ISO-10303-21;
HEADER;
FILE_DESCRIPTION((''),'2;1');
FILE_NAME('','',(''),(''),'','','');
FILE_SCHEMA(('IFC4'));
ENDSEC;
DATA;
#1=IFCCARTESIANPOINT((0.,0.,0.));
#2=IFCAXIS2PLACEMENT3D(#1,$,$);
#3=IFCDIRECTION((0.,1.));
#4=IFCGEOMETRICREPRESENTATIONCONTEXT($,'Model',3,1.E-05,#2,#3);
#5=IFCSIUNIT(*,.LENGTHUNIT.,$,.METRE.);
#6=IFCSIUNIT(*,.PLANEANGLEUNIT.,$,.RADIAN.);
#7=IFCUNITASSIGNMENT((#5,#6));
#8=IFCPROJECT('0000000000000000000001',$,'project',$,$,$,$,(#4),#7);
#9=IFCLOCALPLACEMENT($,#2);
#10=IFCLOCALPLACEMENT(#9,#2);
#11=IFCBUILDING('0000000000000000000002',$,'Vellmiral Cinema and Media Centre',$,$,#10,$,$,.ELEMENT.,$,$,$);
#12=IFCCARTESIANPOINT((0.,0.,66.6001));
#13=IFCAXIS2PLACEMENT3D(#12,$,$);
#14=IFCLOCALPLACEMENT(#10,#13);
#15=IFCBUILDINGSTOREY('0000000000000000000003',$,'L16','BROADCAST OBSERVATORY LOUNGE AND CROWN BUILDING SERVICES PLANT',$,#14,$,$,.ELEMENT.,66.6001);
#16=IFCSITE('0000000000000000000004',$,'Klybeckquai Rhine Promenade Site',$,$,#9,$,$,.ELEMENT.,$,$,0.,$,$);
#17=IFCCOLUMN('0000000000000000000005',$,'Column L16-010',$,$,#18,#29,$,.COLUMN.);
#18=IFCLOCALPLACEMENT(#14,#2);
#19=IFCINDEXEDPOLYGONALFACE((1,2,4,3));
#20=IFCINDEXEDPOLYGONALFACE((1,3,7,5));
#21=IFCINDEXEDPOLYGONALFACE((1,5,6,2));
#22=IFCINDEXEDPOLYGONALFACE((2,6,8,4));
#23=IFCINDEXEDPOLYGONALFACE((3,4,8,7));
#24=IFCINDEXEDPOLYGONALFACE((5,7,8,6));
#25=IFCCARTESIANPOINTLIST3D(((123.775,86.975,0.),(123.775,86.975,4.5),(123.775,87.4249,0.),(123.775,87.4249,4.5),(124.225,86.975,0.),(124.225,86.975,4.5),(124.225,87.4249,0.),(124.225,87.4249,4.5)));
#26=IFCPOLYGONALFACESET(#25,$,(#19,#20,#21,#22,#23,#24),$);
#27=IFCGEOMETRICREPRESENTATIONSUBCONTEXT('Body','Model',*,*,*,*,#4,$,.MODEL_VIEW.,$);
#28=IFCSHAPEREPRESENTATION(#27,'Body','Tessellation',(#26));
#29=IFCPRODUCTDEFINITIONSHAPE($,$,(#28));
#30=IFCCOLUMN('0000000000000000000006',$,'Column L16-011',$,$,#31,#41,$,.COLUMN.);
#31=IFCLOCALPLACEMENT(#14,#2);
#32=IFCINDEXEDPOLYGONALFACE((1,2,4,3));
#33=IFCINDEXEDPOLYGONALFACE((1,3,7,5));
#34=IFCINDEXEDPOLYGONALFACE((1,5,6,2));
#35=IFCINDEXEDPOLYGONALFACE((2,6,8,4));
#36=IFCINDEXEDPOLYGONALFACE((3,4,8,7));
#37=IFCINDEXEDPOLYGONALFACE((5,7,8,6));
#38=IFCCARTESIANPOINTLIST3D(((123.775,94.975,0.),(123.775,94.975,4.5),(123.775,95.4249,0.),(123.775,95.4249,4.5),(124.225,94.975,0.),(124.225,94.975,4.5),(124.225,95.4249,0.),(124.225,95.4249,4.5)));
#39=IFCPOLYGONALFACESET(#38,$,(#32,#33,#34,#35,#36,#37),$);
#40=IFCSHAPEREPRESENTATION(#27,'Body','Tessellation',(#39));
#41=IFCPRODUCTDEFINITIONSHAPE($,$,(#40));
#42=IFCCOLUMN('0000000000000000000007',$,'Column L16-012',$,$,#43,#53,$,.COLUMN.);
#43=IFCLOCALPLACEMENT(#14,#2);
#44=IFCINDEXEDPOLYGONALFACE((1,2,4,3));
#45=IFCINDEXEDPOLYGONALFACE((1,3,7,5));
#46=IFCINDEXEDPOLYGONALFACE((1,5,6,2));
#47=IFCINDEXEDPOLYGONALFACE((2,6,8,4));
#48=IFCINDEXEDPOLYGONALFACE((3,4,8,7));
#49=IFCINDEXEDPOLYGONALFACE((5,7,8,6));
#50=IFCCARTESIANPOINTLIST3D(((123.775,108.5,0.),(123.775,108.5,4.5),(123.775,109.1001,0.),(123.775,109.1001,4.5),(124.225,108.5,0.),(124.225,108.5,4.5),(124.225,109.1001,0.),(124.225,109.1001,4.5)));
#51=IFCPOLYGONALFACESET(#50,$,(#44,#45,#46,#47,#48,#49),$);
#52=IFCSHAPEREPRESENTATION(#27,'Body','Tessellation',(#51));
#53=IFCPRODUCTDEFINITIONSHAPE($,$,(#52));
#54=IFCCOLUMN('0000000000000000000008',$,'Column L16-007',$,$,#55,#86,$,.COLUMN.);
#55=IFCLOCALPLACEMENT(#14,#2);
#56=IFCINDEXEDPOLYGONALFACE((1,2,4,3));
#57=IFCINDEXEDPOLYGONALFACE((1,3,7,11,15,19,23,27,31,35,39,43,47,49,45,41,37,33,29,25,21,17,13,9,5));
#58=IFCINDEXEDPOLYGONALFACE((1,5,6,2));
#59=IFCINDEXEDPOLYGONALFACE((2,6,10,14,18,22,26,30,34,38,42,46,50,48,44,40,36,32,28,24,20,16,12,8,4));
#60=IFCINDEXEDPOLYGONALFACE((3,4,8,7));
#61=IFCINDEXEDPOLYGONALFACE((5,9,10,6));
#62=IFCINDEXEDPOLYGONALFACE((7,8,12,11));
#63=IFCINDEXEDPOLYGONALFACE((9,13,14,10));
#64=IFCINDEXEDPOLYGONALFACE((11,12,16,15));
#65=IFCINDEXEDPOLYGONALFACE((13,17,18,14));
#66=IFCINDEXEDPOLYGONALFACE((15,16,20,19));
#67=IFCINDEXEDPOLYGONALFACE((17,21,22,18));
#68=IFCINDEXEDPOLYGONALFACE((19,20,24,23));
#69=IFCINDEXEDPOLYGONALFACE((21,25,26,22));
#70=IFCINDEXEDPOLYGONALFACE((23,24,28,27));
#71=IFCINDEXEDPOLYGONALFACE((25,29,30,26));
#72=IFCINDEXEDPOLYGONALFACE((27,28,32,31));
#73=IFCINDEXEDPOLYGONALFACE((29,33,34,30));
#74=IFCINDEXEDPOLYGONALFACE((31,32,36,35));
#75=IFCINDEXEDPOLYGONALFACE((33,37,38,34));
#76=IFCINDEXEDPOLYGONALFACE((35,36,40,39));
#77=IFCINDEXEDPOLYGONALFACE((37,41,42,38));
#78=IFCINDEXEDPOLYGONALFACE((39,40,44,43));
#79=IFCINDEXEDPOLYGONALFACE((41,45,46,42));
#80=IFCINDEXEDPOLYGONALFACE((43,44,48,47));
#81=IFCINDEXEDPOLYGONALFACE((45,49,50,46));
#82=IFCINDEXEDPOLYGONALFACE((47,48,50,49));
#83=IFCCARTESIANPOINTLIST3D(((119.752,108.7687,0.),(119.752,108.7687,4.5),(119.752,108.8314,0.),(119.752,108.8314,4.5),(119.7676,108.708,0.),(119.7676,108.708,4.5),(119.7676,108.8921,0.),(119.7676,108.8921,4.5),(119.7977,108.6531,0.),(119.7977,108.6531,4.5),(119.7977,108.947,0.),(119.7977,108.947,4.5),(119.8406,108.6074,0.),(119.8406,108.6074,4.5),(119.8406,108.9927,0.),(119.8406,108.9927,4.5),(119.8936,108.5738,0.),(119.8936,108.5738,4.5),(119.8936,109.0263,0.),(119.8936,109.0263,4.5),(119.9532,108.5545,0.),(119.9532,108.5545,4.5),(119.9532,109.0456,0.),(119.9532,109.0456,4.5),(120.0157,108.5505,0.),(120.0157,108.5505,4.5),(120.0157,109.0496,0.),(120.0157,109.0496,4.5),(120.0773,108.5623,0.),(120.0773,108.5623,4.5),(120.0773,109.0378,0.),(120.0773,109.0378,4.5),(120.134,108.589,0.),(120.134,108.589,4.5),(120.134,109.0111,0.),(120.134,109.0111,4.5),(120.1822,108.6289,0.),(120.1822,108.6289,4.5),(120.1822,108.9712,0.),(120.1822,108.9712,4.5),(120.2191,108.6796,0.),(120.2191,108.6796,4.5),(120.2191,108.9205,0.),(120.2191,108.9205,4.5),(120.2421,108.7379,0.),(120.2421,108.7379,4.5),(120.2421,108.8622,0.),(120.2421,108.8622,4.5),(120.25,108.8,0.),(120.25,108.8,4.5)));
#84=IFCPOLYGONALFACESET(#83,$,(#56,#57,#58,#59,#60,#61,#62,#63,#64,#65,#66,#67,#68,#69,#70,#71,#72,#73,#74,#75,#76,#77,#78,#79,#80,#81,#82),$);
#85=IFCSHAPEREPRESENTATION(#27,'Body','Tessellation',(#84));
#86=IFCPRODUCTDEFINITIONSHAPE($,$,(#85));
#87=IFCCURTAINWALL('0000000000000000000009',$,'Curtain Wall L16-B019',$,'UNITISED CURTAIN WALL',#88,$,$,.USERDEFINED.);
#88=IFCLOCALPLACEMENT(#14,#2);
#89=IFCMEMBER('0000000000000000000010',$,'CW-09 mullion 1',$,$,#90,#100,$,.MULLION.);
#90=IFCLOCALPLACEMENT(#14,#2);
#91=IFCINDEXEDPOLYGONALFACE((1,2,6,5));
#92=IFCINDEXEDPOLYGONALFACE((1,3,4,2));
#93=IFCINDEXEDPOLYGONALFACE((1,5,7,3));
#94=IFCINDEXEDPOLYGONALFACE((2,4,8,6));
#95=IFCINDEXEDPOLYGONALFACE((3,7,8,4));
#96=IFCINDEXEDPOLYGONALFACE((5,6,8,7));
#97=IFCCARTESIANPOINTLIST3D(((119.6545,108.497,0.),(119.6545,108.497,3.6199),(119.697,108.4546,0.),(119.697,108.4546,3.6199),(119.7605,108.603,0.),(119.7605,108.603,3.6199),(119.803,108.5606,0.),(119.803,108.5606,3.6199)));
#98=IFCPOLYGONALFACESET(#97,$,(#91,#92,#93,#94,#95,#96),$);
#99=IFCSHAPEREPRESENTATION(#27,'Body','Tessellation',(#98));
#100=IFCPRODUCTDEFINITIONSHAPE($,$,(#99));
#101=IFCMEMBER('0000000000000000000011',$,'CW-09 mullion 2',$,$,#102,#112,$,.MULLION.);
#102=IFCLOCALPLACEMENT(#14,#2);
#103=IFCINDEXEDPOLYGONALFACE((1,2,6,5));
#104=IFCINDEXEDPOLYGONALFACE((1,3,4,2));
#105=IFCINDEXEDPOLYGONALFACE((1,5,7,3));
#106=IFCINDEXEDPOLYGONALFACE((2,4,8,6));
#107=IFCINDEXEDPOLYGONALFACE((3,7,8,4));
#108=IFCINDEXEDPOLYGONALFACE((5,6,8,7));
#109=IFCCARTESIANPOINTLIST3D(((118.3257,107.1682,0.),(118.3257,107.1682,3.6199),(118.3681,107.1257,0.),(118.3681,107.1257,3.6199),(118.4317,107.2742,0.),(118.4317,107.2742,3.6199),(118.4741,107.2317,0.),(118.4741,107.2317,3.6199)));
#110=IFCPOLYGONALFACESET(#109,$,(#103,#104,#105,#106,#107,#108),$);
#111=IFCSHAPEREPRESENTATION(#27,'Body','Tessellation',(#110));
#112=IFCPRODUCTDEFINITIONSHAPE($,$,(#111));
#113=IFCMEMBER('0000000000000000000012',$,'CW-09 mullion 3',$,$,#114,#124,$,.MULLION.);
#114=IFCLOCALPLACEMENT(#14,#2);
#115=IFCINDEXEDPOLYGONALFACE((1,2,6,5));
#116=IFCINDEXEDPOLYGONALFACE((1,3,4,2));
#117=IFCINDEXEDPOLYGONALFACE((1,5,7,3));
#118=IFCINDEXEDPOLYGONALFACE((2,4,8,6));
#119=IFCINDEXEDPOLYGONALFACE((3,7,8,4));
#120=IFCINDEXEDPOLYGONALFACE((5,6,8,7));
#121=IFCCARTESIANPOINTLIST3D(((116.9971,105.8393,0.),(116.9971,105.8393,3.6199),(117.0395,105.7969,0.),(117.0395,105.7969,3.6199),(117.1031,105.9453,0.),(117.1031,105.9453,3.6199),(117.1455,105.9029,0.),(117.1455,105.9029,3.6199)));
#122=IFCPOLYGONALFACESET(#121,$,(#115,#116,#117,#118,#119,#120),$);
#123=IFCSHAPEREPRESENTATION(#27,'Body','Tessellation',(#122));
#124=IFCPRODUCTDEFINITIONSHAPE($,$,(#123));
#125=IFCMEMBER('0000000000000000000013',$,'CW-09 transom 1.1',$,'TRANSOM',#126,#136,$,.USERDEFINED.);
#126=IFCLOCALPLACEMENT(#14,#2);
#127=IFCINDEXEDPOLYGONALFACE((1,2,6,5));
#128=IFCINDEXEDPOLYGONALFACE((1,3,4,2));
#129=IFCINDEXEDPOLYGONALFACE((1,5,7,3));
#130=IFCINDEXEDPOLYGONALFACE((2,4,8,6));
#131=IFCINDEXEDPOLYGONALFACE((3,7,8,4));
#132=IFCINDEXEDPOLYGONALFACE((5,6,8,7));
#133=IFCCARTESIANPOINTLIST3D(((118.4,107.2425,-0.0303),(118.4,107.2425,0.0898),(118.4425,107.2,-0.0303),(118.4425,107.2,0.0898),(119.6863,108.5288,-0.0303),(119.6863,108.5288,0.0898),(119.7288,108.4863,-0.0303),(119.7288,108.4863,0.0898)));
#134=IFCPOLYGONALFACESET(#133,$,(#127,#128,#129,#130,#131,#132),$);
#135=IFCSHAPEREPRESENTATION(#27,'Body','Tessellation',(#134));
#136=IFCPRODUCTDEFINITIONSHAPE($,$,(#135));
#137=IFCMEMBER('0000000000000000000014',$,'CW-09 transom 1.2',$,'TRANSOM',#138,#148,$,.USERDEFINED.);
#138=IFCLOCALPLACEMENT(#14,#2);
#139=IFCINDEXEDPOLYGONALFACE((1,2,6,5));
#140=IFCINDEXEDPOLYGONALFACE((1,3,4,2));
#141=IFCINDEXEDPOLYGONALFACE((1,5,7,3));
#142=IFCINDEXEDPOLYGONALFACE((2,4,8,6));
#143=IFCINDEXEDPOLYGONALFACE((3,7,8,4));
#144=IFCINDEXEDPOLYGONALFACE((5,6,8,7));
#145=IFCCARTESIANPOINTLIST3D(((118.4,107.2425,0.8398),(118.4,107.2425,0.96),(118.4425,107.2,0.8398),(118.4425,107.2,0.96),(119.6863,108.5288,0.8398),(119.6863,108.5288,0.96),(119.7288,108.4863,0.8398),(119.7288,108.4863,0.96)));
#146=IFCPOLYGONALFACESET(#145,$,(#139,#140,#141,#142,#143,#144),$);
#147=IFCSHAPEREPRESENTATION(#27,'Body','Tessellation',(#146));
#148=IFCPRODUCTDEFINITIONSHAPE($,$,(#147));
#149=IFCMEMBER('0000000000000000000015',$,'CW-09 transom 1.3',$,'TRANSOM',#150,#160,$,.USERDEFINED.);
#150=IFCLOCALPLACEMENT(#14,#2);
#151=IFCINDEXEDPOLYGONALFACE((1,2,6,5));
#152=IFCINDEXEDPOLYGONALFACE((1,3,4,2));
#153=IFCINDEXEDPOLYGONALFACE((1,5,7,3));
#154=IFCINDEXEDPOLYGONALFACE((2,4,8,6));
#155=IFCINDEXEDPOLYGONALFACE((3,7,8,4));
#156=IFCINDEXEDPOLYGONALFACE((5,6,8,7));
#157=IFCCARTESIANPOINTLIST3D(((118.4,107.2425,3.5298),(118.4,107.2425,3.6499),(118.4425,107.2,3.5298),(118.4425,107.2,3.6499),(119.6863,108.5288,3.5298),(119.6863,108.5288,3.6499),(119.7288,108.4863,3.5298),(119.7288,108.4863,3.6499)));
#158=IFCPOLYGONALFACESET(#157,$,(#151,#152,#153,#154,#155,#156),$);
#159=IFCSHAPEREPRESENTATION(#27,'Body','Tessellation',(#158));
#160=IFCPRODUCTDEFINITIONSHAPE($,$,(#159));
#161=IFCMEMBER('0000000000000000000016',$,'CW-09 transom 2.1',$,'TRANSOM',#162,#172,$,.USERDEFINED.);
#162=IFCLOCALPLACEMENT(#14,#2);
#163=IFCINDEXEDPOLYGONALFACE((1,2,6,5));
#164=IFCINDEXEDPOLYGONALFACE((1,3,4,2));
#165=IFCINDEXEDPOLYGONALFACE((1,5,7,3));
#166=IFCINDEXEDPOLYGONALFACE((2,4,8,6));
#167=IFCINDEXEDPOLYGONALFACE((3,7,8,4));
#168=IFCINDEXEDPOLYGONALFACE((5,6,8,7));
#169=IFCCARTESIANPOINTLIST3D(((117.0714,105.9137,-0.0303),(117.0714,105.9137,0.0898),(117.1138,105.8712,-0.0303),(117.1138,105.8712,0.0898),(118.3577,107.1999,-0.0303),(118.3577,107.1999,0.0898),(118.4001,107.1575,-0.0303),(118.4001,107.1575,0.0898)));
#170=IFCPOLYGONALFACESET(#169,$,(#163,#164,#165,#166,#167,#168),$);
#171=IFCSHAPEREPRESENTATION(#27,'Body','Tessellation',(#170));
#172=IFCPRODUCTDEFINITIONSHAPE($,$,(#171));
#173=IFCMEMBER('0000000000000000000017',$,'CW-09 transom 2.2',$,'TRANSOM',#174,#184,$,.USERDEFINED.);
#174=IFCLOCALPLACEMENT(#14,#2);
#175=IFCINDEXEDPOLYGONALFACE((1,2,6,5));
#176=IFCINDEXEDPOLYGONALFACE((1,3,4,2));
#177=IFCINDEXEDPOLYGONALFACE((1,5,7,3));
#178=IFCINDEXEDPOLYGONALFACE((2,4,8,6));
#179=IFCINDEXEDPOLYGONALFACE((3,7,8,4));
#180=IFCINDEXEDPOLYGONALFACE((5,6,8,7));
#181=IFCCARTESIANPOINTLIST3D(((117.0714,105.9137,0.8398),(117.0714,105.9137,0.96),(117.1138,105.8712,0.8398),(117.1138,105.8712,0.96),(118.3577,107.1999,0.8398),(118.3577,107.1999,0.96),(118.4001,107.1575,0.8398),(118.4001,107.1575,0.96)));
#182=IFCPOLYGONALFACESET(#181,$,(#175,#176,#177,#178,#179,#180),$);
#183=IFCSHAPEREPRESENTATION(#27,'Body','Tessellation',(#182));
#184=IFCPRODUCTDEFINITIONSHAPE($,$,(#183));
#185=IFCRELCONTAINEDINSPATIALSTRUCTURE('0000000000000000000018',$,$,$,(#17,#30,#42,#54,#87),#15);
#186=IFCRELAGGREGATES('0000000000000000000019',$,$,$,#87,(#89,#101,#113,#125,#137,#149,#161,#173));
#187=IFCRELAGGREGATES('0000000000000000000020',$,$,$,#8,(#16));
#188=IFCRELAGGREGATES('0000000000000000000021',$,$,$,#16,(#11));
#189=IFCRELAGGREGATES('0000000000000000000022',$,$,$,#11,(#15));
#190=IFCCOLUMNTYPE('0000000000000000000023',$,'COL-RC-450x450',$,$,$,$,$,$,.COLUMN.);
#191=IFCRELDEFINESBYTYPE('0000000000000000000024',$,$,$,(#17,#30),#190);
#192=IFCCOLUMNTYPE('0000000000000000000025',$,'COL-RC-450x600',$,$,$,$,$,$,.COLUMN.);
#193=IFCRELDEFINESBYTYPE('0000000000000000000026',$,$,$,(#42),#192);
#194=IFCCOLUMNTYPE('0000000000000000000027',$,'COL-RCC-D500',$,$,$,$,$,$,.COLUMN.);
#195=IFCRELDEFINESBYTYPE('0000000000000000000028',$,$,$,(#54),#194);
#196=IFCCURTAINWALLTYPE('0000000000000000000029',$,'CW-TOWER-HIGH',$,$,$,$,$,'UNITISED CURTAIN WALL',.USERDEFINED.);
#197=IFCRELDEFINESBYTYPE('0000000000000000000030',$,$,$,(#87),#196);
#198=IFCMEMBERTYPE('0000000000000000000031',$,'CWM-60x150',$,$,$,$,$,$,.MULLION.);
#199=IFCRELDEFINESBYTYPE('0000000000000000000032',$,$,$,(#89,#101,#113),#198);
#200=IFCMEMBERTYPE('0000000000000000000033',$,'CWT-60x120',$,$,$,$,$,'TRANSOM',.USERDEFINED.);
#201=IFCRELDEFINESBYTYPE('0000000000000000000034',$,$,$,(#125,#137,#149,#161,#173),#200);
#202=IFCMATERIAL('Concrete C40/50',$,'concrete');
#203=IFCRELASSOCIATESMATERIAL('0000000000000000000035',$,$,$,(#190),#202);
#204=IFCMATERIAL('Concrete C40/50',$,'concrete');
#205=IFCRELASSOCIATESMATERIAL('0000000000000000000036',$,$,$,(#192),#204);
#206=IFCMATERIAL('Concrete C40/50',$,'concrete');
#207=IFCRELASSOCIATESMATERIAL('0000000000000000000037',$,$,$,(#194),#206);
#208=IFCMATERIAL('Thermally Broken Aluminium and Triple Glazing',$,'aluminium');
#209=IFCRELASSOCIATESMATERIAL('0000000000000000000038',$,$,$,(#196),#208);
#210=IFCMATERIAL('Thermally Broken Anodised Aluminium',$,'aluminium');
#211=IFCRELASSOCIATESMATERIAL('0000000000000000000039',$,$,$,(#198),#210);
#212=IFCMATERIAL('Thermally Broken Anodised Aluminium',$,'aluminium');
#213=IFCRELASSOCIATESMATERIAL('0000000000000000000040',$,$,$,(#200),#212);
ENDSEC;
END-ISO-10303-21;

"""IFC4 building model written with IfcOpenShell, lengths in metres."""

from ifc_helpers import new_model, si_unit, direction, frame, origin, origin_2d, place, context, subcontext, project, spatial, rectangle, circle, extrude, material, material_profile, profile_set, type_object, element, aggregate, save


model = new_model("IFC4")

# Units and contexts
model_context = context("Model", 3, precision=1e-05, world=origin(), true_north=direction((0.0, 1.0)))
body_context = subcontext(model_context, "Body", "Model", "MODEL_VIEW")
ifc_project = project(units=[si_unit("LENGTHUNIT", "METRE"), si_unit("PLANEANGLEUNIT", "RADIAN")], contexts=[model_context])

# Site, building, storey
site_placement = place(None, origin())
site = spatial("IfcSite", under=ifc_project, at=site_placement, Name="Klybeckquai Rhine Promenade Site", CompositionType="ELEMENT", RefElevation=0.0)
building_placement = place(site_placement, origin())
building = spatial("IfcBuilding", under=site, at=building_placement, Name="Vellmiral Cinema and Media Centre", CompositionType="ELEMENT")
storey_placement = place(building_placement, frame((0.0, 0.0, 66.6001)))
storey = spatial("IfcBuildingStorey", under=building, at=storey_placement, Name="L16", Description="BROADCAST OBSERVATORY LOUNGE AND CROWN BUILDING SERVICES PLANT", CompositionType="ELEMENT", Elevation=66.6001)

# Columns
ifc_material_1 = material(Name="Concrete C40/50", Category="concrete")
ifc_material_profile_1 = material_profile(ifc_material_1, rectangle(XDim=0.45, YDim=0.45, at=origin_2d()), Name="RC 450x450")
ifc_profile_set_1 = profile_set([ifc_material_profile_1], Name="Concrete C40/50")
column_type_1 = type_object("IfcColumnType", Name="COL-RC-450x450", PredefinedType="COLUMN", material=ifc_profile_set_1)
for number, where, z_axis, x_axis, name in (
    (1, (124.0, 87.2, 0.0), (0.0, 0.0, 1.0), (1.0, 0.0, 0.0), "Column L16-010"),
    (2, (124.0, 95.2, 0.0), (0.0, 0.0, 1.0), (1.0, 0.0, 0.0), "Column L16-011"),
):
    element("IfcColumn", number, at=place(storey_placement, frame(where, z_axis=z_axis, x_axis=x_axis)), inside=storey, type_object=column_type_1, Name=name, PredefinedType="COLUMN", context=body_context, shape_type="SweptSolid", body=[
        extrude(rectangle(XDim=0.45, YDim=0.45, at=origin_2d()), origin(), (0.0, 0.0, 1.0), 4.5),
    ])
ifc_material_2 = material(Name="Concrete C40/50", Category="concrete")
ifc_material_profile_2 = material_profile(ifc_material_2, rectangle(XDim=0.45, YDim=0.6001, at=origin_2d()), Name="RC 450x600")
ifc_profile_set_2 = profile_set([ifc_material_profile_2], Name="Concrete C40/50")
column_type_2 = type_object("IfcColumnType", Name="COL-RC-450x600", PredefinedType="COLUMN", material=ifc_profile_set_2)
column_1_placement = place(storey_placement, frame((124.0, 108.8, 0.0), z_axis=(0.0, 0.0, 1.0), x_axis=(1.0, 0.0, 0.0)))
element("IfcColumn", 3, at=column_1_placement, inside=storey, type_object=column_type_2, Name="Column L16-012", PredefinedType="COLUMN", context=body_context, shape_type="SweptSolid", body=[
    extrude(rectangle(XDim=0.45, YDim=0.6001, at=origin_2d()), origin(), (0.0, 0.0, 1.0), 4.5),
])
ifc_material_3 = material(Name="Concrete C40/50", Category="concrete")
ifc_material_profile_3 = material_profile(ifc_material_3, circle(Radius=0.25, at=origin_2d()), Name="RC D500")
ifc_profile_set_3 = profile_set([ifc_material_profile_3], Name="Concrete C40/50")
column_type_3 = type_object("IfcColumnType", Name="COL-RCC-D500", PredefinedType="COLUMN", material=ifc_profile_set_3)
column_2_placement = place(storey_placement, frame((120.0, 108.8, 0.0), z_axis=(0.0, 0.0, 1.0), x_axis=(1.0, 0.0, 0.0)))
element("IfcColumn", 4, at=column_2_placement, inside=storey, type_object=column_type_3, Name="Column L16-007", PredefinedType="COLUMN", context=body_context, shape_type="SweptSolid", body=[
    extrude(circle(Radius=0.25, at=origin_2d()), origin(), (0.0, 0.0, 1.0), 4.5),
])

# Curtain wall, members
ifc_material_4 = material(Name="Thermally Broken Aluminium and Triple Glazing", Category="aluminium")
curtain_wall_type = type_object("IfcCurtainWallType", Name="CW-TOWER-HIGH", ElementType="UNITISED CURTAIN WALL", PredefinedType="USERDEFINED", material=ifc_material_4)
curtain_wall_placement = place(storey_placement, origin())
curtain_wall = element("IfcCurtainWall", 5, at=curtain_wall_placement, inside=storey, type_object=curtain_wall_type, Name="Curtain Wall L16-B019", ObjectType="UNITISED CURTAIN WALL", PredefinedType="USERDEFINED")
ifc_material_5 = material(Name="Thermally Broken Anodised Aluminium", Category="aluminium")
ifc_material_profile_4 = material_profile(ifc_material_5, rectangle(XDim=0.0601, YDim=0.1499, at=origin_2d()), Name="MULL 60x150")
ifc_profile_set_4 = profile_set([ifc_material_profile_4], Name="Thermally Broken Anodised Aluminium")
member_type_1 = type_object("IfcMemberType", Name="CWM-60x150", PredefinedType="MULLION", material=ifc_profile_set_4)
member_1_placement = place(storey_placement, frame((119.7288, 108.5288, 0.0), z_axis=(0.0, 0.0, 1.0), x_axis=(0.707107, -0.707107, 0.0)))
member_1 = element("IfcMember", 6, at=member_1_placement, type_object=member_type_1, Name="CW-09 mullion 1", PredefinedType="MULLION", context=body_context, shape_type="SweptSolid", body=[
    extrude(rectangle(XDim=0.0601, YDim=0.1499, at=origin_2d()), origin(), (0.0, 0.0, 1.0), 3.6199),
])
member_2_placement = place(storey_placement, frame((118.3999, 107.2, 0.0), z_axis=(0.0, 0.0, 1.0), x_axis=(0.707107, -0.707107, 0.0)))
member_2 = element("IfcMember", 7, at=member_2_placement, type_object=member_type_1, Name="CW-09 mullion 2", PredefinedType="MULLION", context=body_context, shape_type="SweptSolid", body=[
    extrude(rectangle(XDim=0.0601, YDim=0.1499, at=origin_2d()), origin(), (0.0, 0.0, 1.0), 3.6199),
])
member_3_placement = place(storey_placement, frame((117.0713, 105.8711, 0.0), z_axis=(0.0, 0.0, 1.0), x_axis=(0.707107, -0.707107, 0.0)))
member_3 = element("IfcMember", 8, at=member_3_placement, type_object=member_type_1, Name="CW-09 mullion 3", PredefinedType="MULLION", context=body_context, shape_type="SweptSolid", body=[
    extrude(rectangle(XDim=0.0601, YDim=0.1499, at=origin_2d()), origin(), (0.0, 0.0, 1.0), 3.6199),
])
ifc_material_6 = material(Name="Thermally Broken Anodised Aluminium", Category="aluminium")
ifc_material_profile_5 = material_profile(ifc_material_6, rectangle(XDim=0.0601, YDim=0.1201, at=origin_2d()), Name="MULL 60x120")
ifc_profile_set_5 = profile_set([ifc_material_profile_5], Name="Thermally Broken Anodised Aluminium")
member_type_2 = type_object("IfcMemberType", Name="CWT-60x120", ElementType="TRANSOM", PredefinedType="USERDEFINED", material=ifc_profile_set_5)
member_4_placement = place(storey_placement, frame((119.7075, 108.5076, 0.0298), z_axis=(-0.707107, -0.707107, 0.0), x_axis=(0.707107, -0.707107, 0.0)))
member_4 = element("IfcMember", 9, at=member_4_placement, type_object=member_type_2, Name="CW-09 transom 1.1", ObjectType="TRANSOM", PredefinedType="USERDEFINED", context=body_context, shape_type="SweptSolid", body=[
    extrude(rectangle(XDim=0.0601, YDim=0.1201, at=origin_2d()), origin(), (0.0, 0.0, 1.0), 1.8191),
])
member_5_placement = place(storey_placement, frame((119.7075, 108.5076, 0.8999), z_axis=(-0.707107, -0.707107, 0.0), x_axis=(0.707107, -0.707107, 0.0)))
member_5 = element("IfcMember", 10, at=member_5_placement, type_object=member_type_2, Name="CW-09 transom 1.2", ObjectType="TRANSOM", PredefinedType="USERDEFINED", context=body_context, shape_type="SweptSolid", body=[
    extrude(rectangle(XDim=0.0601, YDim=0.1201, at=origin_2d()), origin(), (0.0, 0.0, 1.0), 1.8191),
])
member_6_placement = place(storey_placement, frame((119.7075, 108.5076, 3.5898), z_axis=(-0.707107, -0.707107, 0.0), x_axis=(0.707107, -0.707107, 0.0)))
member_6 = element("IfcMember", 11, at=member_6_placement, type_object=member_type_2, Name="CW-09 transom 1.3", ObjectType="TRANSOM", PredefinedType="USERDEFINED", context=body_context, shape_type="SweptSolid", body=[
    extrude(rectangle(XDim=0.0601, YDim=0.1201, at=origin_2d()), origin(), (0.0, 0.0, 1.0), 1.8191),
])
member_7_placement = place(storey_placement, frame((118.3789, 107.1787, 0.0298), z_axis=(-0.707107, -0.707107, 0.0), x_axis=(0.707107, -0.707107, 0.0)))
member_7 = element("IfcMember", 12, at=member_7_placement, type_object=member_type_2, Name="CW-09 transom 2.1", ObjectType="TRANSOM", PredefinedType="USERDEFINED", context=body_context, shape_type="SweptSolid", body=[
    extrude(rectangle(XDim=0.0601, YDim=0.1201, at=origin_2d()), origin(), (0.0, 0.0, 1.0), 1.8191),
])
member_8_placement = place(storey_placement, frame((118.3789, 107.1787, 0.8999), z_axis=(-0.707107, -0.707107, 0.0), x_axis=(0.707107, -0.707107, 0.0)))
member_8 = element("IfcMember", 13, at=member_8_placement, type_object=member_type_2, Name="CW-09 transom 2.2", ObjectType="TRANSOM", PredefinedType="USERDEFINED", context=body_context, shape_type="SweptSolid", body=[
    extrude(rectangle(XDim=0.0601, YDim=0.1201, at=origin_2d()), origin(), (0.0, 0.0, 1.0), 1.8191),
])

aggregate(curtain_wall, [member_1, member_2, member_3, member_4, member_5, member_6, member_7, member_8])

save(model, "model.ifc")
